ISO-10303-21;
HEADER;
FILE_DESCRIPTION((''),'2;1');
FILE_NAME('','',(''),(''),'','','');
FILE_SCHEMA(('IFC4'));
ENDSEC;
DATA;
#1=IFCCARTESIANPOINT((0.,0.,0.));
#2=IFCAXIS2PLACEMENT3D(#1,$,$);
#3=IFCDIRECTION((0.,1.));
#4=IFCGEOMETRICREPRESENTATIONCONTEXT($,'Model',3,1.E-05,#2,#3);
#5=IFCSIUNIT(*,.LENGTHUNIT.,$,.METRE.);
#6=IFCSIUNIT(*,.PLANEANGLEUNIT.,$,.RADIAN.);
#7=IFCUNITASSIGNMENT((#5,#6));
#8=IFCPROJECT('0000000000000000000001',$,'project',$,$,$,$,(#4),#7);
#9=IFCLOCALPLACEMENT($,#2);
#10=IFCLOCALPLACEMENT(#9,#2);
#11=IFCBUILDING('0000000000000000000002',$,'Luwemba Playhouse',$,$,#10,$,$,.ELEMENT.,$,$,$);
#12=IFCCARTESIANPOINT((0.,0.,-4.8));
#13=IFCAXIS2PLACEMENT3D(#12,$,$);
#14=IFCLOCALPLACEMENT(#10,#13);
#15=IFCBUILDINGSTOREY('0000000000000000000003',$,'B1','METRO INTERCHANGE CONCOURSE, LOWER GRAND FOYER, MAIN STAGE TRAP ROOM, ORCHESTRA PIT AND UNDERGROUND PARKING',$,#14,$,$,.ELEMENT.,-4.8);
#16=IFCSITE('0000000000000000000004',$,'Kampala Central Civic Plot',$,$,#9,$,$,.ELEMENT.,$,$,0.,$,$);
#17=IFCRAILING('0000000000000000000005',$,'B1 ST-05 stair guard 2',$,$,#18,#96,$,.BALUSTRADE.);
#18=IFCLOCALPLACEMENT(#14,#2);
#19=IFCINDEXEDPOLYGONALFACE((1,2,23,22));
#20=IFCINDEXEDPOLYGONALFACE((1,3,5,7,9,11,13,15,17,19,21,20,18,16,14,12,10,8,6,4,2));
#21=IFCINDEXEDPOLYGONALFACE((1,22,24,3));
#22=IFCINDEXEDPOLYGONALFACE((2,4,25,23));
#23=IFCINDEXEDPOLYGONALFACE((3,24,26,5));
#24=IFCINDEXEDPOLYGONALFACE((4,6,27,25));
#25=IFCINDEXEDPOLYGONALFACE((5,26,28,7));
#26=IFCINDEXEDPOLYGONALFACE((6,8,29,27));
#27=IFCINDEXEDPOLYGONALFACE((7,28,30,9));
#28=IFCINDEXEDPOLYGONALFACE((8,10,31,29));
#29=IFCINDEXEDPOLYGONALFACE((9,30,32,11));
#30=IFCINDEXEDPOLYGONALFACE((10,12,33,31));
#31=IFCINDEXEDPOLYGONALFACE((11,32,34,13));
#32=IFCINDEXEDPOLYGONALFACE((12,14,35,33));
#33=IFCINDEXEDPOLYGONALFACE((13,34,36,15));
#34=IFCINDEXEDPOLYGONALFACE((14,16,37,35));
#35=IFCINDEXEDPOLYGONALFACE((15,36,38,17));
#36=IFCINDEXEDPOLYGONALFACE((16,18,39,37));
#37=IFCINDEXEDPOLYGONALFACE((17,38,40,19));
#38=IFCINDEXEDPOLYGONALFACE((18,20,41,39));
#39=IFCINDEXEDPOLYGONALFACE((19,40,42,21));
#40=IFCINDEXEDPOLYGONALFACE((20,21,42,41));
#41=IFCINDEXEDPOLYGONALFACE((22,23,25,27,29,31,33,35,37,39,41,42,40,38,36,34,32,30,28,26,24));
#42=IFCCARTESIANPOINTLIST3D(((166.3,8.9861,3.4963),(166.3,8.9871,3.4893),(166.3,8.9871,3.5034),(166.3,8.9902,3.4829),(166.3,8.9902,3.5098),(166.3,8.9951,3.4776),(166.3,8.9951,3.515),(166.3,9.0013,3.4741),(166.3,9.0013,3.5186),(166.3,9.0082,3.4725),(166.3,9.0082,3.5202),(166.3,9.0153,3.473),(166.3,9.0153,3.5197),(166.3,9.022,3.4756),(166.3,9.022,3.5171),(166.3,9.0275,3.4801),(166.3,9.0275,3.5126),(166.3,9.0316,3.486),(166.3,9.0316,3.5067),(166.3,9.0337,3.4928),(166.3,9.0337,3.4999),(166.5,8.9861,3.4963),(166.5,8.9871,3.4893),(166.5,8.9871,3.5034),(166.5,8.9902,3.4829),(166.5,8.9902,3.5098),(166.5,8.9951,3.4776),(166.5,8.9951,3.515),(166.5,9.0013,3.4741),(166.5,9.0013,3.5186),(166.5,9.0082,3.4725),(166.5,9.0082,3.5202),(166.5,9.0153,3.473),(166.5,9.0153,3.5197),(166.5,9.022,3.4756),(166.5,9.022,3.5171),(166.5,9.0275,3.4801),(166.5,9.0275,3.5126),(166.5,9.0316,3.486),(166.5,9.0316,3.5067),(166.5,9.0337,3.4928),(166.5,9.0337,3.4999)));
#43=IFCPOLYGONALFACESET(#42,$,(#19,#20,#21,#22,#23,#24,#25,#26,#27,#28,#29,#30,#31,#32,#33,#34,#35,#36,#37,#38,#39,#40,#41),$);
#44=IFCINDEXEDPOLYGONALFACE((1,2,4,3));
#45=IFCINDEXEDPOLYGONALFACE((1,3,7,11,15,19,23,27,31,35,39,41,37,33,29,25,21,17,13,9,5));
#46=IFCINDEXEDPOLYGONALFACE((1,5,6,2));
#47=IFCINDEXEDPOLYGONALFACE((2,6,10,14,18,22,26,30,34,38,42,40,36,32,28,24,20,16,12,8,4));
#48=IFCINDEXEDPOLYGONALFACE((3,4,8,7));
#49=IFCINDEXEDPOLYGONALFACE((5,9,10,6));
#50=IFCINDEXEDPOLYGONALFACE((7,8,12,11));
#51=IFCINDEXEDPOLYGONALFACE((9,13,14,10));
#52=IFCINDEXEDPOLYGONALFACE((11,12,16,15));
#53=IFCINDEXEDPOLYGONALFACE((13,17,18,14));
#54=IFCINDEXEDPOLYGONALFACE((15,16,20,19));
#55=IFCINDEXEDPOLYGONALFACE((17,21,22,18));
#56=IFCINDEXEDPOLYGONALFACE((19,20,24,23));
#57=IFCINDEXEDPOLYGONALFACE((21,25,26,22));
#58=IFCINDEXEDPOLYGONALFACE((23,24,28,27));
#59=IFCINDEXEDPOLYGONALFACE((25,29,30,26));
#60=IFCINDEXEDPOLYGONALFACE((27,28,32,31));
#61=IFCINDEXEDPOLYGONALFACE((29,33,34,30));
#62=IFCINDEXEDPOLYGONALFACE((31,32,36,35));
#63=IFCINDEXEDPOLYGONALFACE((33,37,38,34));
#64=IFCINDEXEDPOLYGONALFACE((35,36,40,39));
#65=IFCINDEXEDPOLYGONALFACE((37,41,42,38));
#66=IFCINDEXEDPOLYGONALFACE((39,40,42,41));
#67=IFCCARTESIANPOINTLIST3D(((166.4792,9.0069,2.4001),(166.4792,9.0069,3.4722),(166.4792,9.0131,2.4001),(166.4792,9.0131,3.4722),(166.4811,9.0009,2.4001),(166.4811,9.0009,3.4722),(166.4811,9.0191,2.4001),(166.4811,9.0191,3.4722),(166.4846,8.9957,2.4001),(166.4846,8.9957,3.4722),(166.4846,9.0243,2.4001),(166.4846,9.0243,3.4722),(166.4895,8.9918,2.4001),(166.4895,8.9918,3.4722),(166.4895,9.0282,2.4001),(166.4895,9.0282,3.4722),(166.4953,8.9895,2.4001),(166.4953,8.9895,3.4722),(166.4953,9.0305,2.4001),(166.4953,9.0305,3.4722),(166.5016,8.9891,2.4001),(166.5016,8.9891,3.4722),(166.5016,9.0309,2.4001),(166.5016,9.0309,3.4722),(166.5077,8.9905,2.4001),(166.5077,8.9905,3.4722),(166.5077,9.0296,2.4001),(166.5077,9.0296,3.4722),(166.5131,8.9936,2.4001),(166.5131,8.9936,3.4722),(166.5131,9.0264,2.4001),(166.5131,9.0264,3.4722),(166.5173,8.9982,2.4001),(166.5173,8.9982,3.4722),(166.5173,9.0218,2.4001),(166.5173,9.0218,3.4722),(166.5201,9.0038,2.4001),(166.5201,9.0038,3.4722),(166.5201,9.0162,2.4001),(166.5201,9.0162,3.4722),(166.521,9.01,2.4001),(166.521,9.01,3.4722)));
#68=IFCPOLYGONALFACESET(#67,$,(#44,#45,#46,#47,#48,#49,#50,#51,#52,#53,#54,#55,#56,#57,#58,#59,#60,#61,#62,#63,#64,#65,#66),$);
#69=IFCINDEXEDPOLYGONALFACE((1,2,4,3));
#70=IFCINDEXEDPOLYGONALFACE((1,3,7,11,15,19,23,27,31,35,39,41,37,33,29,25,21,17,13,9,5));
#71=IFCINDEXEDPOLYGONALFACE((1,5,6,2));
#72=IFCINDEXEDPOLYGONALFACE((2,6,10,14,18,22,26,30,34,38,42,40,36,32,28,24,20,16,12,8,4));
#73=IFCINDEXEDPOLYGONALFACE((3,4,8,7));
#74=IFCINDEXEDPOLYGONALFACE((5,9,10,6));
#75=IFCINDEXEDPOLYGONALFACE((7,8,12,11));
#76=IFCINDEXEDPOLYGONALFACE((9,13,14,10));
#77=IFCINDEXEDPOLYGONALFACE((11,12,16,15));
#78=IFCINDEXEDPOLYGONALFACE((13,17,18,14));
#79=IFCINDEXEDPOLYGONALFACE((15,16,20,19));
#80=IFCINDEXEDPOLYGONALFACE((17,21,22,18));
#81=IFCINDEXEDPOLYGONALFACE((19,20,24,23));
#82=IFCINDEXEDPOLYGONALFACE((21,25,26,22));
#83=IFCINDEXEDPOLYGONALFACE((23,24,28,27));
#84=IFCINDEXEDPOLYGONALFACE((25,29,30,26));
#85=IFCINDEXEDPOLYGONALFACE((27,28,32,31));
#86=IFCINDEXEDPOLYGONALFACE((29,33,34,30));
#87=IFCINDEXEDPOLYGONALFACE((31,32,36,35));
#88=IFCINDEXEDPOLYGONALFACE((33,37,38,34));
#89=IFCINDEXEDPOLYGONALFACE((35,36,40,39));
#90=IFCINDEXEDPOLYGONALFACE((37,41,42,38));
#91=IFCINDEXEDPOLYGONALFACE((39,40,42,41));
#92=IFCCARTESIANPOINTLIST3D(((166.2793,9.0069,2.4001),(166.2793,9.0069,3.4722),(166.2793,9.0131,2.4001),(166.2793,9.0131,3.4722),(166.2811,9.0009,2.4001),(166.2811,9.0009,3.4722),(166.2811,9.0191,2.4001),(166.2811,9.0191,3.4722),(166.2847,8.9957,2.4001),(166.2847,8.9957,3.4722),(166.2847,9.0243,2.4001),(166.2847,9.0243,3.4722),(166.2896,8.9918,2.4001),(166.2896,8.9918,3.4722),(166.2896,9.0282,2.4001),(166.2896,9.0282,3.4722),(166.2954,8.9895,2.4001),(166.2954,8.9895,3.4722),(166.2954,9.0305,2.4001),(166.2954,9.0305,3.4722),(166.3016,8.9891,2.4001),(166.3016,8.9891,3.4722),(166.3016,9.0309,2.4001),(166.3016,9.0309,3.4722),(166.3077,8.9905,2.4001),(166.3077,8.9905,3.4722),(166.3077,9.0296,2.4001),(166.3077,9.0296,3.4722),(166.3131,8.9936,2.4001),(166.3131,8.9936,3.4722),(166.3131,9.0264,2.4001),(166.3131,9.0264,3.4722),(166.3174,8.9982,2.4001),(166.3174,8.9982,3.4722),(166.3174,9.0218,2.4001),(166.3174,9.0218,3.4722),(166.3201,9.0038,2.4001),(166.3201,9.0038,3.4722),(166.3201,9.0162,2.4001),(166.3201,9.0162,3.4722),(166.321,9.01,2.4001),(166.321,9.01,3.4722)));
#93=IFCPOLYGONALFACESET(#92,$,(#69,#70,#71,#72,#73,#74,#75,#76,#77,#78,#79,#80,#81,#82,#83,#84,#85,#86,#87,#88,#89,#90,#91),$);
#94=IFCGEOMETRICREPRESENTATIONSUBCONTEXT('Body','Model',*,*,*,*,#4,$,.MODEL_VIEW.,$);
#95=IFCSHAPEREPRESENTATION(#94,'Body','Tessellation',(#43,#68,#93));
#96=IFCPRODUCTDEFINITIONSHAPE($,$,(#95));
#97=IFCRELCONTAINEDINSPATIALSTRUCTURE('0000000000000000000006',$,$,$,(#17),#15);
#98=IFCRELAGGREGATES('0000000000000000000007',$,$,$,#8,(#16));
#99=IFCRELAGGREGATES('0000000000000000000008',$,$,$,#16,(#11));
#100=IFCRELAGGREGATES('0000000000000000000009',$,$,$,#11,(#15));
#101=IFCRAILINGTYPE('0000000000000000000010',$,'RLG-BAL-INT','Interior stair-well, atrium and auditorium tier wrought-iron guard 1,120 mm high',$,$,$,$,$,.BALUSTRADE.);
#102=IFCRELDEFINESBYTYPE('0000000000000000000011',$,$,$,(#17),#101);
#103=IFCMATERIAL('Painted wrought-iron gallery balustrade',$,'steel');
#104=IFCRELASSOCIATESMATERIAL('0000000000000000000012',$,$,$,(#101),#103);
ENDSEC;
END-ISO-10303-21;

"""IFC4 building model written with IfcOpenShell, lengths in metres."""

from ifc_helpers import new_model, si_unit, direction, frame, origin, origin_2d, place, context, subcontext, project, spatial, circle, extrude, material, type_object, element, save


model = new_model("IFC4")

# Units and contexts
model_context = context("Model", 3, precision=1e-05, world=origin(), true_north=direction((0.0, 1.0)))
body_context = subcontext(model_context, "Body", "Model", "MODEL_VIEW")
ifc_project = project(units=[si_unit("LENGTHUNIT", "METRE"), si_unit("PLANEANGLEUNIT", "RADIAN")], contexts=[model_context])

# Site, building, storey
site_placement = place(None, origin())
site = spatial("IfcSite", under=ifc_project, at=site_placement, Name="Kampala Central Civic Plot", CompositionType="ELEMENT", RefElevation=0.0)
building_placement = place(site_placement, origin())
building = spatial("IfcBuilding", under=site, at=building_placement, Name="Luwemba Playhouse", CompositionType="ELEMENT")
storey_placement = place(building_placement, frame((0.0, 0.0, -4.8)))
storey = spatial("IfcBuildingStorey", under=building, at=storey_placement, Name="B1", Description="METRO INTERCHANGE CONCOURSE, LOWER GRAND FOYER, MAIN STAGE TRAP ROOM, ORCHESTRA PIT AND UNDERGROUND PARKING", CompositionType="ELEMENT", Elevation=-4.8)

# Railing
ifc_material_1 = material(Name="Painted wrought-iron gallery balustrade", Category="steel")
railing_type_1 = type_object("IfcRailingType", Name="RLG-BAL-INT", Description="Interior stair-well, atrium and auditorium tier wrought-iron guard 1,120 mm high", PredefinedType="BALUSTRADE", material=ifc_material_1)
railing_1_placement = place(storey_placement, frame((166.5, 9.01, 2.4001)))
element("IfcRailing", 1, at=railing_1_placement, inside=storey, type_object=railing_type_1, Name="B1 ST-05 stair guard 2", PredefinedType="BALUSTRADE", context=body_context, shape_type="SweptSolid", body=[
    extrude(circle(Radius=0.0239, at=origin_2d()), frame((0.0, 0.0, 1.0962), z_axis=(-1.0, 0.0, 0.0), x_axis=(0.0, -1.0, 0.0)), (0.0, 0.0, 1.0), 0.2),
    extrude(circle(Radius=0.021, at=origin_2d()), origin(), (0.0, 0.0, 1.0), 1.072),
    extrude(circle(Radius=0.021, at=origin_2d()), frame((-0.2, 0.0, 0.0)), (0.0, 0.0, 1.0), 1.072),
])

save(model, "model.ifc")
